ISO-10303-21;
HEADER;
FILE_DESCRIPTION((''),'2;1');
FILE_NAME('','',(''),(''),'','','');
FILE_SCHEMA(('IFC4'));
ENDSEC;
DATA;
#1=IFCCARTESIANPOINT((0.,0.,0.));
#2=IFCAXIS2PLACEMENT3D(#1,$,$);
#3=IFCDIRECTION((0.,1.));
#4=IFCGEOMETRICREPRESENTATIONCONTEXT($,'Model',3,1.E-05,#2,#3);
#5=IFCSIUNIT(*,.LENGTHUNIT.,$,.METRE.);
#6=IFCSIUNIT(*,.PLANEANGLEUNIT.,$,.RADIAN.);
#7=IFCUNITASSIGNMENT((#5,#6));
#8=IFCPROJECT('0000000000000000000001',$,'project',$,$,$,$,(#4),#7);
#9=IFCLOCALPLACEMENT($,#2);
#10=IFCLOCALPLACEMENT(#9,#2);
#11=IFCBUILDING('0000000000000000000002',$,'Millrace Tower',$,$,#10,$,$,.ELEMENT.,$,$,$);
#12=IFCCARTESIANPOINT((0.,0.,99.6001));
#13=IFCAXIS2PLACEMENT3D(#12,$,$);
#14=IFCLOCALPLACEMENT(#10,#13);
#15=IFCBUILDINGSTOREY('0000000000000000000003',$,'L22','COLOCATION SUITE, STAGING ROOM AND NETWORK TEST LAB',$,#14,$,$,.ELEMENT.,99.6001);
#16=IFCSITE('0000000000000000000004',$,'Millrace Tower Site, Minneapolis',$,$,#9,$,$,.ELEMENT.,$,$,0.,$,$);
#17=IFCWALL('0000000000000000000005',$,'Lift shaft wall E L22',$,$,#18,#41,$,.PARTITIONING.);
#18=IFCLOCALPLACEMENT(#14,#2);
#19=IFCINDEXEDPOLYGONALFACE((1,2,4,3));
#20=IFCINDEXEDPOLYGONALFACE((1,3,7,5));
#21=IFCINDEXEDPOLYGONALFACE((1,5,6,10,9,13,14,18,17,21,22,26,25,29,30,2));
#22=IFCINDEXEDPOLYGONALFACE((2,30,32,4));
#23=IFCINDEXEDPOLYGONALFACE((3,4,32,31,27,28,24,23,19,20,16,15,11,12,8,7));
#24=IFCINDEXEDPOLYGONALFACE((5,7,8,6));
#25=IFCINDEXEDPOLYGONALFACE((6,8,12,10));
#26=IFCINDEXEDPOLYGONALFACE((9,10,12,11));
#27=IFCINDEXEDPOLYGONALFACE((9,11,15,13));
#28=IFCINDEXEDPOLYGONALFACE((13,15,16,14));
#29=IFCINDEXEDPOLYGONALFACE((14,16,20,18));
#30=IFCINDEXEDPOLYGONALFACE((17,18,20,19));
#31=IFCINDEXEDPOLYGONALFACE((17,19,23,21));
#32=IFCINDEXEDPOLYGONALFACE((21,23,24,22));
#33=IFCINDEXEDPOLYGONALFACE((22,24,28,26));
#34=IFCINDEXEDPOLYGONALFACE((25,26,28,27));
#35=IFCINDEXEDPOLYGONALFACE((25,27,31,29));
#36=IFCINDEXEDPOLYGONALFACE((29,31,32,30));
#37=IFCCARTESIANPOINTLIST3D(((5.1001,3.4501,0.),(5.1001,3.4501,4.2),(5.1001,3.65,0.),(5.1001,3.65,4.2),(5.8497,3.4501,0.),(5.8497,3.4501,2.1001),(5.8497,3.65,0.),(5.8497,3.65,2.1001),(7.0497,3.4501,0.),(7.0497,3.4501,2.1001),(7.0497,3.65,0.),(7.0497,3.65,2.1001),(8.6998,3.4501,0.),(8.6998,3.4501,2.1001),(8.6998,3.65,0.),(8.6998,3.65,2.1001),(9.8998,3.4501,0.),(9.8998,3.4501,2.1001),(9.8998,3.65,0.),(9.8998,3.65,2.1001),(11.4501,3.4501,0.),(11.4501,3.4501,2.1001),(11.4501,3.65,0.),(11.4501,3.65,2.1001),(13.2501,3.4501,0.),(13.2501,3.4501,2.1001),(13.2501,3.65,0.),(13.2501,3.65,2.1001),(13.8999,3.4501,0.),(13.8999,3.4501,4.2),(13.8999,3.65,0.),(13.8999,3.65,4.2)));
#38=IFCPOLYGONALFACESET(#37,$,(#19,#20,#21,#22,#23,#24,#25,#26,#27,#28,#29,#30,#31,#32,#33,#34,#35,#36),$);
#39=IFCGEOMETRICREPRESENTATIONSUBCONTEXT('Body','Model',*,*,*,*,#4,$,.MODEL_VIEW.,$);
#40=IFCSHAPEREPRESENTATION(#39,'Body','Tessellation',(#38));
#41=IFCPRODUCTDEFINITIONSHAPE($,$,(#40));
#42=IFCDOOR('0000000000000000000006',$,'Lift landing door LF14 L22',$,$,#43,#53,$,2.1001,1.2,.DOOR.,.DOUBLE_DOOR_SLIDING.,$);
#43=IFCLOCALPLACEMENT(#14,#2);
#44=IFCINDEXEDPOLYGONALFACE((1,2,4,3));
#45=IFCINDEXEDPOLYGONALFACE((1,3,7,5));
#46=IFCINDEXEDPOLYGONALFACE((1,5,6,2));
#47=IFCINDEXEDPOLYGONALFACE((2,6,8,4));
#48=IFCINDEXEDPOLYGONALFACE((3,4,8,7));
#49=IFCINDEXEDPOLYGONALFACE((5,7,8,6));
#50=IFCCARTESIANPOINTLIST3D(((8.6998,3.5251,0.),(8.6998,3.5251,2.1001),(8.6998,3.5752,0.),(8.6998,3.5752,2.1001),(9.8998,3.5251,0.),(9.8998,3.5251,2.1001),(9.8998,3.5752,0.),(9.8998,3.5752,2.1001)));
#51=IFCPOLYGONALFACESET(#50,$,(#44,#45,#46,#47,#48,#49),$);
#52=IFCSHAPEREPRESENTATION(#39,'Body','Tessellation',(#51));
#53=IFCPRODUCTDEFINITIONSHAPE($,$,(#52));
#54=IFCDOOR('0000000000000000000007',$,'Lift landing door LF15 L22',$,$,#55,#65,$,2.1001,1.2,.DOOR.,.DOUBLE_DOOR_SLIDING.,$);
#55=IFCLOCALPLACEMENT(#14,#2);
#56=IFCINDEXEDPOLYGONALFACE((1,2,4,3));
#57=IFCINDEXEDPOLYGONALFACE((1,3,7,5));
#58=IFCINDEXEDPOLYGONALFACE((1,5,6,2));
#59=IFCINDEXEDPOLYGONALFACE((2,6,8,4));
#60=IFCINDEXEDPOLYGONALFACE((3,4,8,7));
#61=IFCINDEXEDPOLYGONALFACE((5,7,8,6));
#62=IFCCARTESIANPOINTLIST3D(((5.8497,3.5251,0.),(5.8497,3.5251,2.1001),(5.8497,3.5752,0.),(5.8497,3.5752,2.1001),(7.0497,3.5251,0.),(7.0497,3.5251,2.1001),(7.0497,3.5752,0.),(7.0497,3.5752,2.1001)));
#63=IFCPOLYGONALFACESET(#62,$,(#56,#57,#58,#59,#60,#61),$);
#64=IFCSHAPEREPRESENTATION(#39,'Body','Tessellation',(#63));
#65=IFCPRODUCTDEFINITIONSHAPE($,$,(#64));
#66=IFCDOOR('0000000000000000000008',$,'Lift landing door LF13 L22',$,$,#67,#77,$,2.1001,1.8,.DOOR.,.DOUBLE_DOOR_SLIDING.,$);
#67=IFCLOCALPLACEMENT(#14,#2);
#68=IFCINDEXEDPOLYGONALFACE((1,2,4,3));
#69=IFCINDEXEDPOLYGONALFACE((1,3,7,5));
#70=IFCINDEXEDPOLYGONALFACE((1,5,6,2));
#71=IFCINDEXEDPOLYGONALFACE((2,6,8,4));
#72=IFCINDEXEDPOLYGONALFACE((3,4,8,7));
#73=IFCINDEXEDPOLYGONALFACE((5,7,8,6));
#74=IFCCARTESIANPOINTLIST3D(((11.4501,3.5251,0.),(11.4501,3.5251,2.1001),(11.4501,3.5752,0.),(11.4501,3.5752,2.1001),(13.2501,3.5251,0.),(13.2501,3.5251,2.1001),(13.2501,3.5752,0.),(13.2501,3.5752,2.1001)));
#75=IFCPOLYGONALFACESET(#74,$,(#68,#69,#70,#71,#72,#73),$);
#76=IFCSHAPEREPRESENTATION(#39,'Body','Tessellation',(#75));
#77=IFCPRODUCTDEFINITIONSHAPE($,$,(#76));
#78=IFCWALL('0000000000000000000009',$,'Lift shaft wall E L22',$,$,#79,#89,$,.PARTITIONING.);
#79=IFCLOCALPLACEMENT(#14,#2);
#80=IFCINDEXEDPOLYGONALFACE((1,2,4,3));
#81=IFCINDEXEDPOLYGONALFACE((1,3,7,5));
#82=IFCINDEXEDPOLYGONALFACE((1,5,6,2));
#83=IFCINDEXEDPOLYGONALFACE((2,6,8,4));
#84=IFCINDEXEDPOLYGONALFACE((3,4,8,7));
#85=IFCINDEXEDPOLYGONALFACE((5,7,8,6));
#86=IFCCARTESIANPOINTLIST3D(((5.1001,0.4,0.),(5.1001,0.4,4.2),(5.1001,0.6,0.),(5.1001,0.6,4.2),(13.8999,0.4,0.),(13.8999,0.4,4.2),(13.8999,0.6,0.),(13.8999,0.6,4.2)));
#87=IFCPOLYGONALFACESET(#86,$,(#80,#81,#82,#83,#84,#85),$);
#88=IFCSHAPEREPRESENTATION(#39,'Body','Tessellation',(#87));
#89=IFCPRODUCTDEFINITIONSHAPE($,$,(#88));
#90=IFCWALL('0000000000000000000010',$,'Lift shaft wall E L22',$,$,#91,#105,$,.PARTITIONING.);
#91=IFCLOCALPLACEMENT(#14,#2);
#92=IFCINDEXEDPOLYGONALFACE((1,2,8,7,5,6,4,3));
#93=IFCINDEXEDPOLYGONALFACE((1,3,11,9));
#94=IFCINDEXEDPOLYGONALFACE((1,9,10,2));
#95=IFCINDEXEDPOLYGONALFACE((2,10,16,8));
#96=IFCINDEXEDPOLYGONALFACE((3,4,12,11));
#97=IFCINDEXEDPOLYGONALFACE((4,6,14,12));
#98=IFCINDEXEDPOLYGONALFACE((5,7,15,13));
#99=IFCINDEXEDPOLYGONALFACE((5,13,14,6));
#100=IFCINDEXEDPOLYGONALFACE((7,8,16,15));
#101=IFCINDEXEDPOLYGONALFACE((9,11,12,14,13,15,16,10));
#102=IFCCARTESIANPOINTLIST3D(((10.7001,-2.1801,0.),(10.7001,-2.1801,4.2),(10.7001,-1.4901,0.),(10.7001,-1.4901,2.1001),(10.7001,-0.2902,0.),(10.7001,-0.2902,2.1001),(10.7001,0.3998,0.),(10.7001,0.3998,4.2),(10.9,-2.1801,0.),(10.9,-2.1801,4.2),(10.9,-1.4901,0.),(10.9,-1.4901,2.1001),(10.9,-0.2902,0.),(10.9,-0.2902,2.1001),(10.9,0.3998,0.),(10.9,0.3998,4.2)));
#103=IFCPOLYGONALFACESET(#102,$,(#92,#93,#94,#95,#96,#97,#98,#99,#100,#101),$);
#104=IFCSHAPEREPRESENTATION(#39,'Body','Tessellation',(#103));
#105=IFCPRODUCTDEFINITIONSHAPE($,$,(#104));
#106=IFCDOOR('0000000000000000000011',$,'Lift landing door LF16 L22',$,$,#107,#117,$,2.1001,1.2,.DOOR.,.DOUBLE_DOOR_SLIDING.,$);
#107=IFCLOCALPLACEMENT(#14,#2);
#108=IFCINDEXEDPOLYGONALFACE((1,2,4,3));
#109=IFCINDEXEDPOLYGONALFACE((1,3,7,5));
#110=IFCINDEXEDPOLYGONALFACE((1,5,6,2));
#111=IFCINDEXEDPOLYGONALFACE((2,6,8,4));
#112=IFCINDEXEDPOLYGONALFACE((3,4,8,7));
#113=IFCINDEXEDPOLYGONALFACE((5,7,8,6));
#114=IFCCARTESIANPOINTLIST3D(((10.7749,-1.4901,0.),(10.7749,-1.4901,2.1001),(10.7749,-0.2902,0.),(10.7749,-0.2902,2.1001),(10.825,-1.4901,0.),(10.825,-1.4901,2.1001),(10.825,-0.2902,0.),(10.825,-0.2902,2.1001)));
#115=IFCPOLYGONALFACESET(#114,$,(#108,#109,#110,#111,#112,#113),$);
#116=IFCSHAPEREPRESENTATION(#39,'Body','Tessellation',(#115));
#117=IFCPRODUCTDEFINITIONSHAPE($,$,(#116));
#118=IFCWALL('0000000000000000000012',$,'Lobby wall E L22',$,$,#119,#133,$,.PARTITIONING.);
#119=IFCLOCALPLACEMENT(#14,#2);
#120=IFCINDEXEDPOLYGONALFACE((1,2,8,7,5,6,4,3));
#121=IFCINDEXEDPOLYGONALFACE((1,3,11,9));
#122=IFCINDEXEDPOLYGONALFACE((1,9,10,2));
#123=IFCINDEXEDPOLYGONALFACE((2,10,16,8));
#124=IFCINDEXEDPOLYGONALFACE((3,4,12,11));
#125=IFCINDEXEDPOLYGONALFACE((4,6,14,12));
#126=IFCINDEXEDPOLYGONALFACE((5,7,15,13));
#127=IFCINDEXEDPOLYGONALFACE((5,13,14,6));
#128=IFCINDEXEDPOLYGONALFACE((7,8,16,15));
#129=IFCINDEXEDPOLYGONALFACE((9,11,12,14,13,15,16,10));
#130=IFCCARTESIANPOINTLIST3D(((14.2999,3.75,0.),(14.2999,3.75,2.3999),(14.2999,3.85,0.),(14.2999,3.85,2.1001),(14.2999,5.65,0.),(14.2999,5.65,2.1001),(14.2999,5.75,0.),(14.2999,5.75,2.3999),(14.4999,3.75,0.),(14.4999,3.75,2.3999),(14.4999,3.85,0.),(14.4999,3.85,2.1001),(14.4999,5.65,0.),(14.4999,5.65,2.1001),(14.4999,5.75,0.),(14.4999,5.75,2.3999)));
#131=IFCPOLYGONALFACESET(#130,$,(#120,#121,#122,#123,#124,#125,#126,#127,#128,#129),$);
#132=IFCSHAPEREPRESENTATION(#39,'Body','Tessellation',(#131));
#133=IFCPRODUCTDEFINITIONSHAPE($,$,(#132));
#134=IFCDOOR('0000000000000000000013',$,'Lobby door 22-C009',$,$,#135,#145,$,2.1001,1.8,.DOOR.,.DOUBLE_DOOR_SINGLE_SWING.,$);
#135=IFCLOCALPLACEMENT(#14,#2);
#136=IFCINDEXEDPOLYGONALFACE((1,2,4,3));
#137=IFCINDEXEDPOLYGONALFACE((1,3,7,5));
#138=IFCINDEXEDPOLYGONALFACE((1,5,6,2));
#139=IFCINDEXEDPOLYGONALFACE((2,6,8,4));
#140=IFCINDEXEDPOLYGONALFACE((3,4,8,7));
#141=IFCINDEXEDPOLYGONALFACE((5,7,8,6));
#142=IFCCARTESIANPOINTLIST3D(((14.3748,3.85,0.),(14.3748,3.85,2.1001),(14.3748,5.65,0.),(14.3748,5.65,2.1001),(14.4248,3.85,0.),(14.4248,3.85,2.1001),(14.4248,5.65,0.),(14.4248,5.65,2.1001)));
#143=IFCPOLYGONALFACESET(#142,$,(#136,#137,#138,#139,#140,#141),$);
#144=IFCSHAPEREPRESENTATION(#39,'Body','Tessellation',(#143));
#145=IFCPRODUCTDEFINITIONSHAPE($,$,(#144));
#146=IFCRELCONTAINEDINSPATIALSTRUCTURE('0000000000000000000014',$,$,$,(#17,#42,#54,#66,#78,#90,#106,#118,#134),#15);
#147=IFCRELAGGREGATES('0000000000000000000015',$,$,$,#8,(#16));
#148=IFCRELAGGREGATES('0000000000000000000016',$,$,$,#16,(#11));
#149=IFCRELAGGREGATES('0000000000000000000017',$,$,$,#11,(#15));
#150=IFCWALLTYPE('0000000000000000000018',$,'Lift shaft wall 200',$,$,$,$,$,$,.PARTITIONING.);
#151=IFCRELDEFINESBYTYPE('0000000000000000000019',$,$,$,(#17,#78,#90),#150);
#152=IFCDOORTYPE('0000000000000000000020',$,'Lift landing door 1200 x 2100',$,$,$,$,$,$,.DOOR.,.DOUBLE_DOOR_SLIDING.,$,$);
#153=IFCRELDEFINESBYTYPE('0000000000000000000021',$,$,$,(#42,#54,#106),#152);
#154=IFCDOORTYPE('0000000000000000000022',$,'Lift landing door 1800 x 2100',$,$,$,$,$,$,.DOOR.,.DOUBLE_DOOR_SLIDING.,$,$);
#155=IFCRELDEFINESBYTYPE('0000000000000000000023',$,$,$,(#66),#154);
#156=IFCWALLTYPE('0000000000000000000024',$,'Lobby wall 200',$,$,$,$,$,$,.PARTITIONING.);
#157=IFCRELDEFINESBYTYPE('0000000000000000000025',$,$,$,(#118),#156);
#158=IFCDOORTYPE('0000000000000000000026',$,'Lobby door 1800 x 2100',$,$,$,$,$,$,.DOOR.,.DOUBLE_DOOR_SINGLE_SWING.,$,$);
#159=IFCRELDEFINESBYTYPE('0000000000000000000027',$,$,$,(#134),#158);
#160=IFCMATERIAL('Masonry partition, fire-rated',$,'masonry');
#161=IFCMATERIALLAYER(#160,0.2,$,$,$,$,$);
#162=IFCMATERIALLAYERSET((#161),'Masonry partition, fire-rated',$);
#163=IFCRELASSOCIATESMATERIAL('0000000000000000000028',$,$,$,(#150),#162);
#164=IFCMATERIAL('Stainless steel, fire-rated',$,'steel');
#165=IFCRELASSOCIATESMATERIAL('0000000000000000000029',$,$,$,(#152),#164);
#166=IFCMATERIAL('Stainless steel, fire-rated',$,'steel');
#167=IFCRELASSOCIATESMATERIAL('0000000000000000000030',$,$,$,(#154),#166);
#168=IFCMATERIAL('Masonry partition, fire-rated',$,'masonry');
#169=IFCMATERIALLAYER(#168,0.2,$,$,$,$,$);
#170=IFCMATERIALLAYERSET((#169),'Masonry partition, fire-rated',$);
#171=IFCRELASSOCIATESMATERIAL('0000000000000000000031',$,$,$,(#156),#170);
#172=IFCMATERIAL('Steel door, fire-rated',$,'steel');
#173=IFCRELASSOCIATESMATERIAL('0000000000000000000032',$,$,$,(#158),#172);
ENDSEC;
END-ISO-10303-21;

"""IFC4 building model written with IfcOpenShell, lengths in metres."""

from ifc_helpers import new_model, si_unit, direction, frame, frame_2d, origin, place, context, subcontext, project, spatial, rectangle, extrude, material, layer, layer_set, type_object, element, fill, save


model = new_model("IFC4")

# Units and contexts
model_context = context("Model", 3, precision=1e-05, world=origin(), true_north=direction((0.0, 1.0)))
body_context = subcontext(model_context, "Body", "Model", "MODEL_VIEW")
ifc_project = project(units=[si_unit("LENGTHUNIT", "METRE"), si_unit("PLANEANGLEUNIT", "RADIAN")], contexts=[model_context])

# Site, building, storey
site_placement = place(None, origin())
site = spatial("IfcSite", under=ifc_project, at=site_placement, Name="Millrace Tower Site, Minneapolis", CompositionType="ELEMENT", RefElevation=0.0)
building_placement = place(site_placement, origin())
building = spatial("IfcBuilding", under=site, at=building_placement, Name="Millrace Tower", CompositionType="ELEMENT")
storey_placement = place(building_placement, frame((0.0, 0.0, 99.6001)))
storey = spatial("IfcBuildingStorey", under=building, at=storey_placement, Name="L22", Description="COLOCATION SUITE, STAGING ROOM AND NETWORK TEST LAB", CompositionType="ELEMENT", Elevation=99.6001)

# Shared definitions
ifc_material_1 = material(Name="Masonry partition, fire-rated", Category="masonry")
ifc_layer_1 = layer(ifc_material_1, 0.2)
ifc_layer_set_1 = layer_set([ifc_layer_1], Name="Masonry partition, fire-rated")
wall_type_1 = type_object("IfcWallType", Name="Lift shaft wall 200", PredefinedType="PARTITIONING", material=ifc_layer_set_1)

# Wall, openings, doors
wall_1_placement = place(storey_placement, frame((13.8999, 3.55, 0.0), z_axis=(0.0, 0.0, 1.0), x_axis=(-1.0, 0.0, 0.0)))
wall_1 = element("IfcWall", 1, at=wall_1_placement, inside=storey, type_object=wall_type_1, Name="Lift shaft wall E L22", PredefinedType="PARTITIONING", context=body_context, shape_type="SweptSolid", body=[
    extrude(rectangle(XDim=8.7998, YDim=0.2, at=frame_2d((4.3999, 0.0))), origin(), (0.0, 0.0, 1.0), 4.2),
])
opening_1_placement = place(wall_1_placement, frame((0.6499, 0.0, 0.0)))
opening_1 = element("IfcOpeningElement", 2, at=opening_1_placement, cuts=wall_1, PredefinedType="OPENING", context=body_context, shape_type="SweptSolid", body=[
    extrude(rectangle(XDim=1.8, YDim=2.1001, at=frame_2d((0.8999, 1.05))), frame((0.0, 0.1099, 0.0), z_axis=(0.0, -1.0, 0.0), x_axis=(1.0, 0.0, 0.0)), (0.0, 0.0, 1.0), 0.22),
])
opening_2_placement = place(wall_1_placement, frame((4.0, 0.0, 0.0)))
opening_2 = element("IfcOpeningElement", 3, at=opening_2_placement, cuts=wall_1, PredefinedType="OPENING", context=body_context, shape_type="SweptSolid", body=[
    extrude(rectangle(XDim=1.2, YDim=2.1001, at=frame_2d((0.6001, 1.05))), frame((0.0, 0.1099, 0.0), z_axis=(0.0, -1.0, 0.0), x_axis=(1.0, 0.0, 0.0)), (0.0, 0.0, 1.0), 0.22),
])
opening_3_placement = place(wall_1_placement, frame((6.8501, 0.0, 0.0)))
opening_3 = element("IfcOpeningElement", 4, at=opening_3_placement, cuts=wall_1, PredefinedType="OPENING", context=body_context, shape_type="SweptSolid", body=[
    extrude(rectangle(XDim=1.2, YDim=2.1001, at=frame_2d((0.6001, 1.05))), frame((0.0, 0.1099, 0.0), z_axis=(0.0, -1.0, 0.0), x_axis=(1.0, 0.0, 0.0)), (0.0, 0.0, 1.0), 0.22),
])
ifc_material_2 = material(Name="Stainless steel, fire-rated", Category="steel")
door_type_1 = type_object("IfcDoorType", Name="Lift landing door 1200 x 2100", OperationType="DOUBLE_DOOR_SLIDING", PredefinedType="DOOR", material=ifc_material_2)
door_1_placement = place(opening_2_placement, origin())
door_1 = element("IfcDoor", 5, at=door_1_placement, inside=storey, type_object=door_type_1, Name="Lift landing door LF14 L22", OperationType="DOUBLE_DOOR_SLIDING", OverallHeight=2.1001, OverallWidth=1.2, PredefinedType="DOOR", context=body_context, shape_type="SweptSolid", body=[
    extrude(rectangle(XDim=1.2, YDim=2.1001, at=frame_2d((0.6001, 1.05))), frame((0.0, 0.0249, 0.0), z_axis=(0.0, -1.0, 0.0), x_axis=(1.0, 0.0, 0.0)), (0.0, 0.0, 1.0), 0.05),
])
fill(opening_2, door_1)
door_2_placement = place(opening_3_placement, origin())
door_2 = element("IfcDoor", 6, at=door_2_placement, inside=storey, type_object=door_type_1, Name="Lift landing door LF15 L22", OperationType="DOUBLE_DOOR_SLIDING", OverallHeight=2.1001, OverallWidth=1.2, PredefinedType="DOOR", context=body_context, shape_type="SweptSolid", body=[
    extrude(rectangle(XDim=1.2, YDim=2.1001, at=frame_2d((0.6001, 1.05))), frame((0.0, 0.0249, 0.0), z_axis=(0.0, -1.0, 0.0), x_axis=(1.0, 0.0, 0.0)), (0.0, 0.0, 1.0), 0.05),
])
fill(opening_3, door_2)
ifc_material_3 = material(Name="Stainless steel, fire-rated", Category="steel")
door_type_2 = type_object("IfcDoorType", Name="Lift landing door 1800 x 2100", OperationType="DOUBLE_DOOR_SLIDING", PredefinedType="DOOR", material=ifc_material_3)
door_3_placement = place(opening_1_placement, origin())
door_3 = element("IfcDoor", 7, at=door_3_placement, inside=storey, type_object=door_type_2, Name="Lift landing door LF13 L22", OperationType="DOUBLE_DOOR_SLIDING", OverallHeight=2.1001, OverallWidth=1.8, PredefinedType="DOOR", context=body_context, shape_type="SweptSolid", body=[
    extrude(rectangle(XDim=1.8, YDim=2.1001, at=frame_2d((0.8999, 1.05))), frame((0.0, 0.0249, 0.0), z_axis=(0.0, -1.0, 0.0), x_axis=(1.0, 0.0, 0.0)), (0.0, 0.0, 1.0), 0.05),
])
fill(opening_1, door_3)

# Wall
wall_2_placement = place(storey_placement, frame((13.8999, 0.5, 0.0), z_axis=(0.0, 0.0, 1.0), x_axis=(-1.0, 0.0, 0.0)))
element("IfcWall", 8, at=wall_2_placement, inside=storey, type_object=wall_type_1, Name="Lift shaft wall E L22", PredefinedType="PARTITIONING", context=body_context, shape_type="SweptSolid", body=[
    extrude(rectangle(XDim=8.7998, YDim=0.2, at=frame_2d((4.3999, 0.0))), origin(), (0.0, 0.0, 1.0), 4.2),
])

# Walls, openings, doors
wall_3_placement = place(storey_placement, frame((10.8, 0.3999, 0.0), z_axis=(0.0, 0.0, 1.0), x_axis=(0.0, -1.0, 0.0)))
wall_3 = element("IfcWall", 9, at=wall_3_placement, inside=storey, type_object=wall_type_1, Name="Lift shaft wall E L22", PredefinedType="PARTITIONING", context=body_context, shape_type="SweptSolid", body=[
    extrude(rectangle(XDim=2.5798, YDim=0.2, at=frame_2d((1.29, 0.0))), origin(), (0.0, 0.0, 1.0), 4.2),
])
opening_4_placement = place(wall_3_placement, frame((0.6899, 0.0, 0.0)))
opening_4 = element("IfcOpeningElement", 10, at=opening_4_placement, cuts=wall_3, PredefinedType="OPENING", context=body_context, shape_type="SweptSolid", body=[
    extrude(rectangle(XDim=1.2, YDim=2.1001, at=frame_2d((0.6001, 1.05))), frame((0.0, 0.1099, 0.0), z_axis=(0.0, -1.0, 0.0), x_axis=(1.0, 0.0, 0.0)), (0.0, 0.0, 1.0), 0.22),
])
door_4_placement = place(opening_4_placement, origin())
door_4 = element("IfcDoor", 11, at=door_4_placement, inside=storey, type_object=door_type_1, Name="Lift landing door LF16 L22", OperationType="DOUBLE_DOOR_SLIDING", OverallHeight=2.1001, OverallWidth=1.2, PredefinedType="DOOR", context=body_context, shape_type="SweptSolid", body=[
    extrude(rectangle(XDim=1.2, YDim=2.1001, at=frame_2d((0.6001, 1.05))), frame((0.0, 0.0249, 0.0), z_axis=(0.0, -1.0, 0.0), x_axis=(1.0, 0.0, 0.0)), (0.0, 0.0, 1.0), 0.05),
])
fill(opening_4, door_4)
ifc_material_4 = material(Name="Masonry partition, fire-rated", Category="masonry")
ifc_layer_2 = layer(ifc_material_4, 0.2)
ifc_layer_set_2 = layer_set([ifc_layer_2], Name="Masonry partition, fire-rated")
wall_type_2 = type_object("IfcWallType", Name="Lobby wall 200", PredefinedType="PARTITIONING", material=ifc_layer_set_2)
wall_4_placement = place(storey_placement, frame((14.3999, 5.75, 0.0), z_axis=(0.0, 0.0, 1.0), x_axis=(0.0, -1.0, 0.0)))
wall_4 = element("IfcWall", 12, at=wall_4_placement, inside=storey, type_object=wall_type_2, Name="Lobby wall E L22", PredefinedType="PARTITIONING", context=body_context, shape_type="SweptSolid", body=[
    extrude(rectangle(XDim=2.0, YDim=0.2, at=frame_2d((1.0, 0.0))), origin(), (0.0, 0.0, 1.0), 2.3999),
])
opening_5_placement = place(wall_4_placement, frame((0.1001, 0.0, 0.0)))
opening_5 = element("IfcOpeningElement", 13, at=opening_5_placement, cuts=wall_4, PredefinedType="OPENING", context=body_context, shape_type="SweptSolid", body=[
    extrude(rectangle(XDim=1.8, YDim=2.1001, at=frame_2d((0.8999, 1.05))), frame((0.0, 0.1099, 0.0), z_axis=(0.0, -1.0, 0.0), x_axis=(1.0, 0.0, 0.0)), (0.0, 0.0, 1.0), 0.22),
])
ifc_material_5 = material(Name="Steel door, fire-rated", Category="steel")
door_type_3 = type_object("IfcDoorType", Name="Lobby door 1800 x 2100", OperationType="DOUBLE_DOOR_SINGLE_SWING", PredefinedType="DOOR", material=ifc_material_5)
door_5_placement = place(opening_5_placement, origin())
door_5 = element("IfcDoor", 14, at=door_5_placement, inside=storey, type_object=door_type_3, Name="Lobby door 22-C009", OperationType="DOUBLE_DOOR_SINGLE_SWING", OverallHeight=2.1001, OverallWidth=1.8, PredefinedType="DOOR", context=body_context, shape_type="SweptSolid", body=[
    extrude(rectangle(XDim=1.8, YDim=2.1001, at=frame_2d((0.8999, 1.05))), frame((0.0, 0.0249, 0.0), z_axis=(0.0, -1.0, 0.0), x_axis=(1.0, 0.0, 0.0)), (0.0, 0.0, 1.0), 0.05),
])
fill(opening_5, door_5)

save(model, "model.ifc")
